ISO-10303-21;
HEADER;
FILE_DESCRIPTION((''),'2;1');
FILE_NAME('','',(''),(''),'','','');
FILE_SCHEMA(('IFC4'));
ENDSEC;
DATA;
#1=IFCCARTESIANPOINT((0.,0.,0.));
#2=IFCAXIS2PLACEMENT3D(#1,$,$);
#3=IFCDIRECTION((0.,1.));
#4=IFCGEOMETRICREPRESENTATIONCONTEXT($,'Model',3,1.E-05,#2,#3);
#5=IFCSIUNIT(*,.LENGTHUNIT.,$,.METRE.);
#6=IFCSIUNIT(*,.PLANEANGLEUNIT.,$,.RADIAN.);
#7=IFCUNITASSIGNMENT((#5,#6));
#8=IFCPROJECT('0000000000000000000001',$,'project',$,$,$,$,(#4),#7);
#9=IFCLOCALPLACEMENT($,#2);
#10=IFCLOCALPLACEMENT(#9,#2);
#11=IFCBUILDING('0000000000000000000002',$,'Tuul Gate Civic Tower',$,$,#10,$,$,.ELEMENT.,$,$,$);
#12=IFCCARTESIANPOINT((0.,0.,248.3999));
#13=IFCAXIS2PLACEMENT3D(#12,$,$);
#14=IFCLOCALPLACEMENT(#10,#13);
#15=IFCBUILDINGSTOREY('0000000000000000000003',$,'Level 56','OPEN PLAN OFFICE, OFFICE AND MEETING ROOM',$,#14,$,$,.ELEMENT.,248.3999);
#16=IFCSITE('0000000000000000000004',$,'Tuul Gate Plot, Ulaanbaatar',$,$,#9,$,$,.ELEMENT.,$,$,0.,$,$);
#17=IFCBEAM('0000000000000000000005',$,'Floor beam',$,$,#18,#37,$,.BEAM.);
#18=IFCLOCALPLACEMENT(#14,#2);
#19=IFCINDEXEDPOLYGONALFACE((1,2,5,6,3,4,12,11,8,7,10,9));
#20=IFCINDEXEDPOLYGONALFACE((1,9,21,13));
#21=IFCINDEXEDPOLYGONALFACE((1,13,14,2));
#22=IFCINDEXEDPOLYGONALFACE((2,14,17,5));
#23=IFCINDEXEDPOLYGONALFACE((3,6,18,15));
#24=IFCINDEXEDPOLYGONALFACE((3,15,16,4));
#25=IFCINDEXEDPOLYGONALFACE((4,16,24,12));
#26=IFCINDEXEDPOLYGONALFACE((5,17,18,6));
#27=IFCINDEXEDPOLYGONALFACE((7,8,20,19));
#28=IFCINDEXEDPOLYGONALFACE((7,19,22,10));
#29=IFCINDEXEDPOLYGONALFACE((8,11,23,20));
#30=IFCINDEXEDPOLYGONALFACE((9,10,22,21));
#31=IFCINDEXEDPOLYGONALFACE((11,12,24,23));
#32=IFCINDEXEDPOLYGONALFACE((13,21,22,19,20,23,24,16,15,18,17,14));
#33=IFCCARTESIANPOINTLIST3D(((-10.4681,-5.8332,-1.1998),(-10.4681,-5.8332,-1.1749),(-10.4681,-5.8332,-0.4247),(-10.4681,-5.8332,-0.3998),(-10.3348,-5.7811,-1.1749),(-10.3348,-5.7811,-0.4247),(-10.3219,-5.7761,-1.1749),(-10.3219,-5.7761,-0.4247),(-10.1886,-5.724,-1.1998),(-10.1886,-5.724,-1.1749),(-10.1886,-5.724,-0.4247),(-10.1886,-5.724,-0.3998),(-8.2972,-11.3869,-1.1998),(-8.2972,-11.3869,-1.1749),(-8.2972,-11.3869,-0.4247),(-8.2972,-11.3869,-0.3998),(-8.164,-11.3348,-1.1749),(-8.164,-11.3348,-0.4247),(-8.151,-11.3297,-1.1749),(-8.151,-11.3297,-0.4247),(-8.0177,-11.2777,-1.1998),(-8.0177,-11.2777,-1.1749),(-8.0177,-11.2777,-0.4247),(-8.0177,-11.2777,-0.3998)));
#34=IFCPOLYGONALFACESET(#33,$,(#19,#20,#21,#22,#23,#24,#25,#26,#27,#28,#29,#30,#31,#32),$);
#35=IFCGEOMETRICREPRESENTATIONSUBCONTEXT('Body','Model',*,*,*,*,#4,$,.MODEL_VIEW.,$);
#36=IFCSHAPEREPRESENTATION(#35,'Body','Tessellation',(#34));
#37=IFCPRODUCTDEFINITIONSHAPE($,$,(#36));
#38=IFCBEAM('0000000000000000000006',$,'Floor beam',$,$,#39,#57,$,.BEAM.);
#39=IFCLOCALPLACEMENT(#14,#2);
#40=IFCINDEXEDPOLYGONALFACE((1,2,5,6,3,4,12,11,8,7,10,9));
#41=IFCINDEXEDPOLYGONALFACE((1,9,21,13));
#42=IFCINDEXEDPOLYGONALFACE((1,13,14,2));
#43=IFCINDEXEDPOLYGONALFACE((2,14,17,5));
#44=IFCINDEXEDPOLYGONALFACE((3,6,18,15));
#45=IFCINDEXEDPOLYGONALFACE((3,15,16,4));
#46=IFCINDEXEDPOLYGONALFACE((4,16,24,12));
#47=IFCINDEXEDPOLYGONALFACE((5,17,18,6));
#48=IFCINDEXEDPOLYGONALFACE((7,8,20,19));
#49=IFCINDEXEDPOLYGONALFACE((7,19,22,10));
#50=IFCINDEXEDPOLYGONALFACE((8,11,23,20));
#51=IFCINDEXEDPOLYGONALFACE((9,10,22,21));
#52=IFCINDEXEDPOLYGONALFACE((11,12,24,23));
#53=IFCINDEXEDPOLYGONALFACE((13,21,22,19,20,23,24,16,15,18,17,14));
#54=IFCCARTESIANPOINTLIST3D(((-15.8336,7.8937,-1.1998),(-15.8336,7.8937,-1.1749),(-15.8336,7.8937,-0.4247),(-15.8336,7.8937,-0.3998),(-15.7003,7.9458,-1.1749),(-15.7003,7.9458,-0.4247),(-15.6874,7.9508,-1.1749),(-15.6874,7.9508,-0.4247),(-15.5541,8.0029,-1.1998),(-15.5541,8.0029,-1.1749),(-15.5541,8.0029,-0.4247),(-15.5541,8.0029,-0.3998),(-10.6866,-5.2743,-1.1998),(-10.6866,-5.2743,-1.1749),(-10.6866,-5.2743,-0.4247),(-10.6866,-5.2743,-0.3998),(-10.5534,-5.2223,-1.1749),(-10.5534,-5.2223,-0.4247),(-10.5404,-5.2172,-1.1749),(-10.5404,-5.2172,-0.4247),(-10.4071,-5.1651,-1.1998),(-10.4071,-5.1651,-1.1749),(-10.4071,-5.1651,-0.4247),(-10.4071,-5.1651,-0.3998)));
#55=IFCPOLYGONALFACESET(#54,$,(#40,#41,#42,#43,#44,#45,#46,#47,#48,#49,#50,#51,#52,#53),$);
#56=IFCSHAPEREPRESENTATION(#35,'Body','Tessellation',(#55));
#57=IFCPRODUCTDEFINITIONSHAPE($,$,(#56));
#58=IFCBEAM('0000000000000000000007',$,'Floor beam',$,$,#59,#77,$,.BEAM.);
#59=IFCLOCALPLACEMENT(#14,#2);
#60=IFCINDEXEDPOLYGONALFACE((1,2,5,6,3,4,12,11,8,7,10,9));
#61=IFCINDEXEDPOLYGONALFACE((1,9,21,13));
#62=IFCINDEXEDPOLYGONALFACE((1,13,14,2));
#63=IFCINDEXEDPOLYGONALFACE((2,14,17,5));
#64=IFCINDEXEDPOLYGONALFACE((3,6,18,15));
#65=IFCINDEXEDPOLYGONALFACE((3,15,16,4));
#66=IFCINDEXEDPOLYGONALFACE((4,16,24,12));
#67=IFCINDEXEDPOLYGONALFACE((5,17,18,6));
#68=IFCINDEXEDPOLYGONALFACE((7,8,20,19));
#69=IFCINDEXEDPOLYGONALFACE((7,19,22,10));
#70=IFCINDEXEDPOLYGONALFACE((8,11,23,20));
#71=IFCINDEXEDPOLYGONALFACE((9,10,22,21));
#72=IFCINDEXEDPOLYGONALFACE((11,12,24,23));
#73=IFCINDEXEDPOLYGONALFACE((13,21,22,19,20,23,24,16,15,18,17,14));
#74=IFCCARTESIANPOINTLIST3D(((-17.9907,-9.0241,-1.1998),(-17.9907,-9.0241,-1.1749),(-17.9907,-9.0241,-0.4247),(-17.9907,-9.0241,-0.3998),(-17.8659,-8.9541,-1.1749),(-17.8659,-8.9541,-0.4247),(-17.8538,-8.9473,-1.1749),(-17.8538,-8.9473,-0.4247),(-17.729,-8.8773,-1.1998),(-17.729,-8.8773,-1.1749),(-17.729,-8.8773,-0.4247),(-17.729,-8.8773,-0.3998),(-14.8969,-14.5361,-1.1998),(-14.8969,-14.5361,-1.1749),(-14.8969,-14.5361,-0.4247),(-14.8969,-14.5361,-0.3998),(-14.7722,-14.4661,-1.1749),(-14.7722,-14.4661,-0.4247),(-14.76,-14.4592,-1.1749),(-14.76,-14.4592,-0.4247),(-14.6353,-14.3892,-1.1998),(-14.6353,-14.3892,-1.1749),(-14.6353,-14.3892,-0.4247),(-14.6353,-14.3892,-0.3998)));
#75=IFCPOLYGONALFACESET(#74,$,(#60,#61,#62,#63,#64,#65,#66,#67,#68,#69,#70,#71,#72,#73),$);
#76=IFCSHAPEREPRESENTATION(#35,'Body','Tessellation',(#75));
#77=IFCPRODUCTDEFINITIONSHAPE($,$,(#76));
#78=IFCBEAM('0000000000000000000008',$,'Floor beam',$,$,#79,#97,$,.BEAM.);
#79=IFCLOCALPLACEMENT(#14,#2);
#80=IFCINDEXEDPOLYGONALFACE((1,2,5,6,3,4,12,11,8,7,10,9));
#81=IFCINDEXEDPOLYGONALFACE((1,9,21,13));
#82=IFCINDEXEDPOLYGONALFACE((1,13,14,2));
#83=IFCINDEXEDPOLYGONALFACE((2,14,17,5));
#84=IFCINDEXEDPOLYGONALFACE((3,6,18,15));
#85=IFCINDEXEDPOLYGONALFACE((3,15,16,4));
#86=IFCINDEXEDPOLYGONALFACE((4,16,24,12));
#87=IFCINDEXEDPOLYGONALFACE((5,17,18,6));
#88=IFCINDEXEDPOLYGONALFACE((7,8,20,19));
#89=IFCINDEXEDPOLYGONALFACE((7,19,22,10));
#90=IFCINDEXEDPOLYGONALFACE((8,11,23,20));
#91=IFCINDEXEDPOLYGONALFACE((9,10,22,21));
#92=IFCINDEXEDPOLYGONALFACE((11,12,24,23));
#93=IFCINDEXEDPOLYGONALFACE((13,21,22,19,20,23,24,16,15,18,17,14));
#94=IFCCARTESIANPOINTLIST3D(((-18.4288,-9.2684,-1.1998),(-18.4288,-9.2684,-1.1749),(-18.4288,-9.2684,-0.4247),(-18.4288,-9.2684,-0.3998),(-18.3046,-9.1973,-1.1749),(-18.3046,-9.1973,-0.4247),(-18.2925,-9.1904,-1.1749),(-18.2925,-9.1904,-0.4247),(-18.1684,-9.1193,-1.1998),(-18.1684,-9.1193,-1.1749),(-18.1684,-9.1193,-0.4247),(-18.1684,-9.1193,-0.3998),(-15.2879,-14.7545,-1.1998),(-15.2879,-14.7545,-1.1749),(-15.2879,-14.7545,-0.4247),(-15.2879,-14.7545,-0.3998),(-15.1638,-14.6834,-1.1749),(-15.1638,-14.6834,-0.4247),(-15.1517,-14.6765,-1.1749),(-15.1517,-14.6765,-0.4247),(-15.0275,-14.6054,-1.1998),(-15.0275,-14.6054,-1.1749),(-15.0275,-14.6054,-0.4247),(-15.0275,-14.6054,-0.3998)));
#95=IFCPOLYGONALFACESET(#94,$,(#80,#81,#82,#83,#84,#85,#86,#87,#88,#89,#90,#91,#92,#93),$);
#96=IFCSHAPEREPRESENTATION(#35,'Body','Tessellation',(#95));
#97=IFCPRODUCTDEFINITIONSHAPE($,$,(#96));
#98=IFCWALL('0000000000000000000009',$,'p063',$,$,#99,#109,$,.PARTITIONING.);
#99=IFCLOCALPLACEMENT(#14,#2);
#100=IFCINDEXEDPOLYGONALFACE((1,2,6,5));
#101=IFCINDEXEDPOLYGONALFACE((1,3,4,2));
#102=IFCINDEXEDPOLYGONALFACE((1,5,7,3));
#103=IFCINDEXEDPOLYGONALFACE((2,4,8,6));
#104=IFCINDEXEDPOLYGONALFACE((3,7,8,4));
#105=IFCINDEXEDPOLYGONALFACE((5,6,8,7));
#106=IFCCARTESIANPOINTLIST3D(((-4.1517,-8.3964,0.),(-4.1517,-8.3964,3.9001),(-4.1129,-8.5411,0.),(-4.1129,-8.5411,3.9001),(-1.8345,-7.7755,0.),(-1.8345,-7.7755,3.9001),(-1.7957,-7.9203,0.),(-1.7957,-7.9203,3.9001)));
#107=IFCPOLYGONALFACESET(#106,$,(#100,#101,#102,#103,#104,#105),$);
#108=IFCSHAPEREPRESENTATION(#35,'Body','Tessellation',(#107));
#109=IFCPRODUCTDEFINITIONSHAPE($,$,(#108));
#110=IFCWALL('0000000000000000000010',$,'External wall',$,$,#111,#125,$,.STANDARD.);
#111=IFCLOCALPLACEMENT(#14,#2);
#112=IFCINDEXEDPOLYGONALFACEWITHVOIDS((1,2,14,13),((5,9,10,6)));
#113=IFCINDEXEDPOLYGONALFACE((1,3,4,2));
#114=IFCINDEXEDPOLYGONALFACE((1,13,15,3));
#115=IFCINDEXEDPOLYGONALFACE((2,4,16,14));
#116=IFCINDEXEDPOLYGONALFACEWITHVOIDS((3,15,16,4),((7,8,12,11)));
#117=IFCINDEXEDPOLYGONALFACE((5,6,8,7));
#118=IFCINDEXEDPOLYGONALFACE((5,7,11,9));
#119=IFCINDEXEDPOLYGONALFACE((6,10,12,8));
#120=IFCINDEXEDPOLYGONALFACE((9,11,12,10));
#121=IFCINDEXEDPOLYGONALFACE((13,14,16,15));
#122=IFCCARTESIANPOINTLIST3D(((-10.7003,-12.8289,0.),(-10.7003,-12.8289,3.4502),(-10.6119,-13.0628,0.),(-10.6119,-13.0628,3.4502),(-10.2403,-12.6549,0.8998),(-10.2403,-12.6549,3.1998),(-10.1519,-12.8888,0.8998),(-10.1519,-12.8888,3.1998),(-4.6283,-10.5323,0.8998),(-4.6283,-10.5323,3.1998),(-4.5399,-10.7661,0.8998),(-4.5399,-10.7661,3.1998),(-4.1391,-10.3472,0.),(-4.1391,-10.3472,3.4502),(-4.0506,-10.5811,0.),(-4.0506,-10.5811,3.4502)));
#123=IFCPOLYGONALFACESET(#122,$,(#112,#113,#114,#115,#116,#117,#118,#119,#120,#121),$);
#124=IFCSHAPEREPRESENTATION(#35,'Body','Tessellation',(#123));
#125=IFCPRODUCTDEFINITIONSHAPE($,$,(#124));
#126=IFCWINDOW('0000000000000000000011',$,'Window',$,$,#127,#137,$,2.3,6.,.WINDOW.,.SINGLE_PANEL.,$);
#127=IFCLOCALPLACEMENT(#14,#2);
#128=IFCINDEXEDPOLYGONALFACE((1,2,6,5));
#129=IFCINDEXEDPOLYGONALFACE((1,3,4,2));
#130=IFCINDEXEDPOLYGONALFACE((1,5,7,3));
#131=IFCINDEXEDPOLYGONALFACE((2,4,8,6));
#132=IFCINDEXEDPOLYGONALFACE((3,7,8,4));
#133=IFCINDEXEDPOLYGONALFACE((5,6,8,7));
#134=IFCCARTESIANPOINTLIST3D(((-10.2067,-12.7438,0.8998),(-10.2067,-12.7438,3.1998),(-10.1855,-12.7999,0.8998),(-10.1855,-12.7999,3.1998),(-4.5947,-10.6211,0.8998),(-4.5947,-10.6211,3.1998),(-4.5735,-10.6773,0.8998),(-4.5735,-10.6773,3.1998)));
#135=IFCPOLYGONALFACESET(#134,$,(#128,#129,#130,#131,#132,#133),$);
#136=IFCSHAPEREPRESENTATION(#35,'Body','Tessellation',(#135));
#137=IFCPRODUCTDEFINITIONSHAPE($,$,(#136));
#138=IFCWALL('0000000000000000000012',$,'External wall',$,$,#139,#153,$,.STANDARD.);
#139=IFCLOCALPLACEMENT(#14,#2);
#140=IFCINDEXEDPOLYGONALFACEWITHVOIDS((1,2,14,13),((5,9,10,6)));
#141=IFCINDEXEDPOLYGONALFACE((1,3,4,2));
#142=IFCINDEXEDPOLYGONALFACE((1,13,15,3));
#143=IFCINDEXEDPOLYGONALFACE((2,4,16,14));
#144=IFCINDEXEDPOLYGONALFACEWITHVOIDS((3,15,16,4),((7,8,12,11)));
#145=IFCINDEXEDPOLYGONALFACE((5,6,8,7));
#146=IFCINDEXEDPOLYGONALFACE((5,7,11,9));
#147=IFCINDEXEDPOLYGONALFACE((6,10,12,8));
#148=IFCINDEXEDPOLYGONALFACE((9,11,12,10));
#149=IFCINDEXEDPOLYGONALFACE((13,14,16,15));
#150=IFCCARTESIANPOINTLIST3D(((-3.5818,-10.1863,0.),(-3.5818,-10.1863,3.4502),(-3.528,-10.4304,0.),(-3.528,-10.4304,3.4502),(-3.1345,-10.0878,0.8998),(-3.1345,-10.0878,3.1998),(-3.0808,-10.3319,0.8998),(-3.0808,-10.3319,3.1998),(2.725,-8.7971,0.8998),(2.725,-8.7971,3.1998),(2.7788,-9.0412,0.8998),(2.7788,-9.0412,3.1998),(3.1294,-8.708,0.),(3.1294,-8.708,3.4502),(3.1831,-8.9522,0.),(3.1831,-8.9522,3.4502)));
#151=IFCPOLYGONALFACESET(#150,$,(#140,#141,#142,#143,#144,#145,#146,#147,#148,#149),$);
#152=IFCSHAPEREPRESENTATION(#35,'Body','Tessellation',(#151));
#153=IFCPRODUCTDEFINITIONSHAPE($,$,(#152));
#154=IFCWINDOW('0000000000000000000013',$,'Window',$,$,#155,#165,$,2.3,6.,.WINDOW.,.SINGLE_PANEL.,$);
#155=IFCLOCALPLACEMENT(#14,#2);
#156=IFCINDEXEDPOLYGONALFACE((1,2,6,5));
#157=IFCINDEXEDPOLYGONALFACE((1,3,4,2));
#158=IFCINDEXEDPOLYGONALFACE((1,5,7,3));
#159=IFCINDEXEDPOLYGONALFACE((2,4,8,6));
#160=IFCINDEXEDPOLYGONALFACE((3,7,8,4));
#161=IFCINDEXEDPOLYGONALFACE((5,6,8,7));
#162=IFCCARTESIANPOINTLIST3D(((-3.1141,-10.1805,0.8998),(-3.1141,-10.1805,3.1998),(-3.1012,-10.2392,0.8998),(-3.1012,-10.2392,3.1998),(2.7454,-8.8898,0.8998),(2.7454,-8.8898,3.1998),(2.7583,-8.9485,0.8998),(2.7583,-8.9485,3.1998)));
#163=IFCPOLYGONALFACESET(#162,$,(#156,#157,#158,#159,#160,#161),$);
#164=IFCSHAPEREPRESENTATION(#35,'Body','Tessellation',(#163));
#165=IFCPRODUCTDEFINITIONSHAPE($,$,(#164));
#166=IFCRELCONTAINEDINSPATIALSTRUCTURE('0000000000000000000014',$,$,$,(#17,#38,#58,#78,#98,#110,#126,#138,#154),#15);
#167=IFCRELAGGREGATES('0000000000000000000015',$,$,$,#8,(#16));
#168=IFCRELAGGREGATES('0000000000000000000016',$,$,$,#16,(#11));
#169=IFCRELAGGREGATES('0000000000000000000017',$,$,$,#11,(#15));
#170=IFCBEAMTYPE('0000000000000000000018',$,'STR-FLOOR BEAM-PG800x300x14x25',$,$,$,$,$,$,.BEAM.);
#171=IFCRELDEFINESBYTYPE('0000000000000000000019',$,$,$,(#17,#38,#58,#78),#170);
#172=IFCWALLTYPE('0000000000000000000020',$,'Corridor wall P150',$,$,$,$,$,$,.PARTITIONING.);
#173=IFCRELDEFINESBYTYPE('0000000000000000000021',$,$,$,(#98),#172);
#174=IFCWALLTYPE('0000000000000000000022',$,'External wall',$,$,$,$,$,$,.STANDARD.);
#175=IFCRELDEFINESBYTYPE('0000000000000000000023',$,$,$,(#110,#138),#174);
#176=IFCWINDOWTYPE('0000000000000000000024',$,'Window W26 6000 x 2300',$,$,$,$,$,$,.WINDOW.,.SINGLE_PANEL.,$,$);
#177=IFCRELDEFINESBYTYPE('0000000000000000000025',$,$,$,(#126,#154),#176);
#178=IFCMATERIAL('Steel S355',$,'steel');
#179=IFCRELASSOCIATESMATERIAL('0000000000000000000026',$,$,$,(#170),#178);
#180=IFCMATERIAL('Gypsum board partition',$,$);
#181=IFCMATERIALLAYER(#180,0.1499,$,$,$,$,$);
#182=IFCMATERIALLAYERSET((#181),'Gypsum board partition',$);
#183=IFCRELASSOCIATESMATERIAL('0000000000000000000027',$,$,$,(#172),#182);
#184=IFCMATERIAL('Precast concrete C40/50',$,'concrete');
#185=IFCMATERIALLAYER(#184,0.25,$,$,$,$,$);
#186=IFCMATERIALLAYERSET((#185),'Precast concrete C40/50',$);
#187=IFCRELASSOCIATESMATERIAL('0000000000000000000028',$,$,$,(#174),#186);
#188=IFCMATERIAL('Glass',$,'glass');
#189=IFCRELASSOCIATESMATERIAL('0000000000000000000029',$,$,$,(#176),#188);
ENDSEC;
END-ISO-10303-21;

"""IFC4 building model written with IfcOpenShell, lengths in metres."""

from ifc_helpers import new_model, si_unit, direction, frame, frame_2d, origin, origin_2d, place, context, subcontext, project, spatial, rectangle, i_section, extrude, material, layer, layer_set, material_profile, profile_set, type_object, element, fill, save


model = new_model("IFC4")

# Units and contexts
model_context = context("Model", 3, precision=1e-05, world=origin(), true_north=direction((0.0, 1.0)))
body_context = subcontext(model_context, "Body", "Model", "MODEL_VIEW")
ifc_project = project(units=[si_unit("LENGTHUNIT", "METRE"), si_unit("PLANEANGLEUNIT", "RADIAN")], contexts=[model_context])

# Site, building, storey
site_placement = place(None, origin())
site = spatial("IfcSite", under=ifc_project, at=site_placement, Name="Tuul Gate Plot, Ulaanbaatar", CompositionType="ELEMENT", RefElevation=0.0)
building_placement = place(site_placement, origin())
building = spatial("IfcBuilding", under=site, at=building_placement, Name="Tuul Gate Civic Tower", CompositionType="ELEMENT")
storey_placement = place(building_placement, frame((0.0, 0.0, 248.3999)))
storey = spatial("IfcBuildingStorey", under=building, at=storey_placement, Name="Level 56", Description="OPEN PLAN OFFICE, OFFICE AND MEETING ROOM", CompositionType="ELEMENT", Elevation=248.3999)

# Beams
ifc_material_1 = material(Name="Steel S355", Category="steel")
ifc_material_profile_1 = material_profile(ifc_material_1, i_section(OverallWidth=0.3, OverallDepth=0.8, WebThickness=0.0139, FlangeThickness=0.0249, at=origin_2d()), Name="PG800x300x14x25")
ifc_profile_set_1 = profile_set([ifc_material_profile_1], Name="Steel S355")
beam_type = type_object("IfcBeamType", Name="STR-FLOOR BEAM-PG800x300x14x25", PredefinedType="BEAM", material=ifc_profile_set_1)
beam_1_placement = place(storey_placement, frame((-8.1575, -11.3323, -0.7998), z_axis=(-0.364066, 0.931373, 0.0), x_axis=(-0.931373, -0.364066, 0.0)))
element("IfcBeam", 1, at=beam_1_placement, inside=storey, type_object=beam_type, Name="Floor beam", PredefinedType="BEAM", context=body_context, shape_type="SweptSolid", body=[
    extrude(i_section(OverallWidth=0.3, OverallDepth=0.8, WebThickness=0.0139, FlangeThickness=0.0249, at=origin_2d()), origin(), (0.0, 0.0, 1.0), 5.9629),
])
beam_2_placement = place(storey_placement, frame((-10.5469, -5.2197, -0.7998), z_axis=(-0.364049, 0.93138, 0.0), x_axis=(-0.93138, -0.364049, 0.0)))
element("IfcBeam", 2, at=beam_2_placement, inside=storey, type_object=beam_type, Name="Floor beam", PredefinedType="BEAM", context=body_context, shape_type="SweptSolid", body=[
    extrude(i_section(OverallWidth=0.3, OverallDepth=0.8, WebThickness=0.0139, FlangeThickness=0.0249, at=origin_2d()), origin(), (0.0, 0.0, 1.0), 14.1382),
])
beam_3_placement = place(storey_placement, frame((-14.7661, -14.4626, -0.7998), z_axis=(-0.489452, 0.87203, 0.0), x_axis=(-0.87203, -0.489452, 0.0)))
element("IfcBeam", 3, at=beam_3_placement, inside=storey, type_object=beam_type, Name="Floor beam", PredefinedType="BEAM", context=body_context, shape_type="SweptSolid", body=[
    extrude(i_section(OverallWidth=0.3, OverallDepth=0.8, WebThickness=0.0139, FlangeThickness=0.0249, at=origin_2d()), origin(), (0.0, 0.0, 1.0), 6.3208),
])
beam_4_placement = place(storey_placement, frame((-15.1577, -14.6799, -0.7998), z_axis=(-0.49685, 0.867836, 0.0), x_axis=(-0.867836, -0.49685, 0.0)))
element("IfcBeam", 4, at=beam_4_placement, inside=storey, type_object=beam_type, Name="Floor beam", PredefinedType="BEAM", context=body_context, shape_type="SweptSolid", body=[
    extrude(i_section(OverallWidth=0.3, OverallDepth=0.8, WebThickness=0.0139, FlangeThickness=0.0249, at=origin_2d()), origin(), (0.0, 0.0, 1.0), 6.3215),
])

# Wall
ifc_material_2 = material(Name="Gypsum board partition")
ifc_layer_1 = layer(ifc_material_2, 0.1499)
ifc_layer_set_1 = layer_set([ifc_layer_1], Name="Gypsum board partition")
wall_type_1 = type_object("IfcWallType", Name="Corridor wall P150", PredefinedType="PARTITIONING", material=ifc_layer_set_1)
wall_1_placement = place(storey_placement, frame((-4.1323, -8.4688, 0.0), z_axis=(0.0, 0.0, 1.0), x_axis=(0.965929, 0.258809, 0.0)))
element("IfcWall", 5, at=wall_1_placement, inside=storey, type_object=wall_type_1, Name="p063", PredefinedType="PARTITIONING", context=body_context, shape_type="SweptSolid", body=[
    extrude(rectangle(XDim=2.3989, YDim=0.1499, at=frame_2d((1.1995, 0.0))), origin(), (0.0, 0.0, 1.0), 3.9001),
])

# Walls, openings, windows
ifc_material_3 = material(Name="Precast concrete C40/50", Category="concrete")
ifc_layer_2 = layer(ifc_material_3, 0.25)
ifc_layer_set_2 = layer_set([ifc_layer_2], Name="Precast concrete C40/50")
wall_type_2 = type_object("IfcWallType", Name="External wall", PredefinedType="STANDARD", material=ifc_layer_set_2)
wall_2_placement = place(storey_placement, frame((-10.656, -12.9458, 0.0), z_axis=(0.0, 0.0, 1.0), x_axis=(0.935331, 0.353773, 0.0)))
wall_2 = element("IfcWall", 6, at=wall_2_placement, inside=storey, type_object=wall_type_2, Name="External wall", PredefinedType="STANDARD", context=body_context, shape_type="SweptSolid", body=[
    extrude(rectangle(XDim=7.0149, YDim=0.25, at=frame_2d((3.5073, 0.0))), origin(), (0.0, 0.0, 1.0), 3.4502),
])
opening_1_placement = place(wall_2_placement, frame((0.4917, 0.0, 0.8999)))
opening_1 = element("IfcOpeningElement", 7, at=opening_1_placement, cuts=wall_2, PredefinedType="OPENING", context=body_context, shape_type="SweptSolid", body=[
    extrude(rectangle(XDim=6.0, YDim=2.3, at=frame_2d((3.0, 1.1499))), frame((0.0, 0.135, 0.0), z_axis=(0.0, -1.0, 0.0), x_axis=(1.0, 0.0, 0.0)), (0.0, 0.0, 1.0), 0.27),
])
ifc_material_4 = material(Name="Glass", Category="glass")
window_type = type_object("IfcWindowType", Name="Window W26 6000 x 2300", PartitioningType="SINGLE_PANEL", PredefinedType="WINDOW", material=ifc_material_4)
window_1_placement = place(opening_1_placement, origin())
window_1 = element("IfcWindow", 8, at=window_1_placement, inside=storey, type_object=window_type, Name="Window", OverallHeight=2.3, OverallWidth=6.0, PartitioningType="SINGLE_PANEL", PredefinedType="WINDOW", context=body_context, shape_type="SweptSolid", body=[
    extrude(rectangle(XDim=6.0, YDim=2.3, at=frame_2d((3.0, 1.1499))), frame((0.0, 0.03, 0.0), z_axis=(0.0, -1.0, 0.0), x_axis=(1.0, 0.0, 0.0)), (0.0, 0.0, 1.0), 0.0601),
])
fill(opening_1, window_1)
wall_3_placement = place(storey_placement, frame((-3.5549, -10.3083, 0.0), z_axis=(0.0, 0.0, 1.0), x_axis=(0.976589, 0.215113, 0.0)))
wall_3 = element("IfcWall", 9, at=wall_3_placement, inside=storey, type_object=wall_type_2, Name="External wall", PredefinedType="STANDARD", context=body_context, shape_type="SweptSolid", body=[
    extrude(rectangle(XDim=6.8721, YDim=0.25, at=frame_2d((3.436, 0.0))), origin(), (0.0, 0.0, 1.0), 3.4502),
])
opening_2_placement = place(wall_3_placement, frame((0.458, 0.0, 0.8999)))
opening_2 = element("IfcOpeningElement", 10, at=opening_2_placement, cuts=wall_3, PredefinedType="OPENING", context=body_context, shape_type="SweptSolid", body=[
    extrude(rectangle(XDim=6.0, YDim=2.3, at=frame_2d((3.0, 1.1499))), frame((0.0, 0.135, 0.0), z_axis=(0.0, -1.0, 0.0), x_axis=(1.0, 0.0, 0.0)), (0.0, 0.0, 1.0), 0.27),
])
window_2_placement = place(opening_2_placement, origin())
window_2 = element("IfcWindow", 11, at=window_2_placement, inside=storey, type_object=window_type, Name="Window", OverallHeight=2.3, OverallWidth=6.0, PartitioningType="SINGLE_PANEL", PredefinedType="WINDOW", context=body_context, shape_type="SweptSolid", body=[
    extrude(rectangle(XDim=6.0, YDim=2.3, at=frame_2d((3.0, 1.1499))), frame((0.0, 0.03, 0.0), z_axis=(0.0, -1.0, 0.0), x_axis=(1.0, 0.0, 0.0)), (0.0, 0.0, 1.0), 0.0601),
])
fill(opening_2, window_2)

save(model, "model.ifc")
